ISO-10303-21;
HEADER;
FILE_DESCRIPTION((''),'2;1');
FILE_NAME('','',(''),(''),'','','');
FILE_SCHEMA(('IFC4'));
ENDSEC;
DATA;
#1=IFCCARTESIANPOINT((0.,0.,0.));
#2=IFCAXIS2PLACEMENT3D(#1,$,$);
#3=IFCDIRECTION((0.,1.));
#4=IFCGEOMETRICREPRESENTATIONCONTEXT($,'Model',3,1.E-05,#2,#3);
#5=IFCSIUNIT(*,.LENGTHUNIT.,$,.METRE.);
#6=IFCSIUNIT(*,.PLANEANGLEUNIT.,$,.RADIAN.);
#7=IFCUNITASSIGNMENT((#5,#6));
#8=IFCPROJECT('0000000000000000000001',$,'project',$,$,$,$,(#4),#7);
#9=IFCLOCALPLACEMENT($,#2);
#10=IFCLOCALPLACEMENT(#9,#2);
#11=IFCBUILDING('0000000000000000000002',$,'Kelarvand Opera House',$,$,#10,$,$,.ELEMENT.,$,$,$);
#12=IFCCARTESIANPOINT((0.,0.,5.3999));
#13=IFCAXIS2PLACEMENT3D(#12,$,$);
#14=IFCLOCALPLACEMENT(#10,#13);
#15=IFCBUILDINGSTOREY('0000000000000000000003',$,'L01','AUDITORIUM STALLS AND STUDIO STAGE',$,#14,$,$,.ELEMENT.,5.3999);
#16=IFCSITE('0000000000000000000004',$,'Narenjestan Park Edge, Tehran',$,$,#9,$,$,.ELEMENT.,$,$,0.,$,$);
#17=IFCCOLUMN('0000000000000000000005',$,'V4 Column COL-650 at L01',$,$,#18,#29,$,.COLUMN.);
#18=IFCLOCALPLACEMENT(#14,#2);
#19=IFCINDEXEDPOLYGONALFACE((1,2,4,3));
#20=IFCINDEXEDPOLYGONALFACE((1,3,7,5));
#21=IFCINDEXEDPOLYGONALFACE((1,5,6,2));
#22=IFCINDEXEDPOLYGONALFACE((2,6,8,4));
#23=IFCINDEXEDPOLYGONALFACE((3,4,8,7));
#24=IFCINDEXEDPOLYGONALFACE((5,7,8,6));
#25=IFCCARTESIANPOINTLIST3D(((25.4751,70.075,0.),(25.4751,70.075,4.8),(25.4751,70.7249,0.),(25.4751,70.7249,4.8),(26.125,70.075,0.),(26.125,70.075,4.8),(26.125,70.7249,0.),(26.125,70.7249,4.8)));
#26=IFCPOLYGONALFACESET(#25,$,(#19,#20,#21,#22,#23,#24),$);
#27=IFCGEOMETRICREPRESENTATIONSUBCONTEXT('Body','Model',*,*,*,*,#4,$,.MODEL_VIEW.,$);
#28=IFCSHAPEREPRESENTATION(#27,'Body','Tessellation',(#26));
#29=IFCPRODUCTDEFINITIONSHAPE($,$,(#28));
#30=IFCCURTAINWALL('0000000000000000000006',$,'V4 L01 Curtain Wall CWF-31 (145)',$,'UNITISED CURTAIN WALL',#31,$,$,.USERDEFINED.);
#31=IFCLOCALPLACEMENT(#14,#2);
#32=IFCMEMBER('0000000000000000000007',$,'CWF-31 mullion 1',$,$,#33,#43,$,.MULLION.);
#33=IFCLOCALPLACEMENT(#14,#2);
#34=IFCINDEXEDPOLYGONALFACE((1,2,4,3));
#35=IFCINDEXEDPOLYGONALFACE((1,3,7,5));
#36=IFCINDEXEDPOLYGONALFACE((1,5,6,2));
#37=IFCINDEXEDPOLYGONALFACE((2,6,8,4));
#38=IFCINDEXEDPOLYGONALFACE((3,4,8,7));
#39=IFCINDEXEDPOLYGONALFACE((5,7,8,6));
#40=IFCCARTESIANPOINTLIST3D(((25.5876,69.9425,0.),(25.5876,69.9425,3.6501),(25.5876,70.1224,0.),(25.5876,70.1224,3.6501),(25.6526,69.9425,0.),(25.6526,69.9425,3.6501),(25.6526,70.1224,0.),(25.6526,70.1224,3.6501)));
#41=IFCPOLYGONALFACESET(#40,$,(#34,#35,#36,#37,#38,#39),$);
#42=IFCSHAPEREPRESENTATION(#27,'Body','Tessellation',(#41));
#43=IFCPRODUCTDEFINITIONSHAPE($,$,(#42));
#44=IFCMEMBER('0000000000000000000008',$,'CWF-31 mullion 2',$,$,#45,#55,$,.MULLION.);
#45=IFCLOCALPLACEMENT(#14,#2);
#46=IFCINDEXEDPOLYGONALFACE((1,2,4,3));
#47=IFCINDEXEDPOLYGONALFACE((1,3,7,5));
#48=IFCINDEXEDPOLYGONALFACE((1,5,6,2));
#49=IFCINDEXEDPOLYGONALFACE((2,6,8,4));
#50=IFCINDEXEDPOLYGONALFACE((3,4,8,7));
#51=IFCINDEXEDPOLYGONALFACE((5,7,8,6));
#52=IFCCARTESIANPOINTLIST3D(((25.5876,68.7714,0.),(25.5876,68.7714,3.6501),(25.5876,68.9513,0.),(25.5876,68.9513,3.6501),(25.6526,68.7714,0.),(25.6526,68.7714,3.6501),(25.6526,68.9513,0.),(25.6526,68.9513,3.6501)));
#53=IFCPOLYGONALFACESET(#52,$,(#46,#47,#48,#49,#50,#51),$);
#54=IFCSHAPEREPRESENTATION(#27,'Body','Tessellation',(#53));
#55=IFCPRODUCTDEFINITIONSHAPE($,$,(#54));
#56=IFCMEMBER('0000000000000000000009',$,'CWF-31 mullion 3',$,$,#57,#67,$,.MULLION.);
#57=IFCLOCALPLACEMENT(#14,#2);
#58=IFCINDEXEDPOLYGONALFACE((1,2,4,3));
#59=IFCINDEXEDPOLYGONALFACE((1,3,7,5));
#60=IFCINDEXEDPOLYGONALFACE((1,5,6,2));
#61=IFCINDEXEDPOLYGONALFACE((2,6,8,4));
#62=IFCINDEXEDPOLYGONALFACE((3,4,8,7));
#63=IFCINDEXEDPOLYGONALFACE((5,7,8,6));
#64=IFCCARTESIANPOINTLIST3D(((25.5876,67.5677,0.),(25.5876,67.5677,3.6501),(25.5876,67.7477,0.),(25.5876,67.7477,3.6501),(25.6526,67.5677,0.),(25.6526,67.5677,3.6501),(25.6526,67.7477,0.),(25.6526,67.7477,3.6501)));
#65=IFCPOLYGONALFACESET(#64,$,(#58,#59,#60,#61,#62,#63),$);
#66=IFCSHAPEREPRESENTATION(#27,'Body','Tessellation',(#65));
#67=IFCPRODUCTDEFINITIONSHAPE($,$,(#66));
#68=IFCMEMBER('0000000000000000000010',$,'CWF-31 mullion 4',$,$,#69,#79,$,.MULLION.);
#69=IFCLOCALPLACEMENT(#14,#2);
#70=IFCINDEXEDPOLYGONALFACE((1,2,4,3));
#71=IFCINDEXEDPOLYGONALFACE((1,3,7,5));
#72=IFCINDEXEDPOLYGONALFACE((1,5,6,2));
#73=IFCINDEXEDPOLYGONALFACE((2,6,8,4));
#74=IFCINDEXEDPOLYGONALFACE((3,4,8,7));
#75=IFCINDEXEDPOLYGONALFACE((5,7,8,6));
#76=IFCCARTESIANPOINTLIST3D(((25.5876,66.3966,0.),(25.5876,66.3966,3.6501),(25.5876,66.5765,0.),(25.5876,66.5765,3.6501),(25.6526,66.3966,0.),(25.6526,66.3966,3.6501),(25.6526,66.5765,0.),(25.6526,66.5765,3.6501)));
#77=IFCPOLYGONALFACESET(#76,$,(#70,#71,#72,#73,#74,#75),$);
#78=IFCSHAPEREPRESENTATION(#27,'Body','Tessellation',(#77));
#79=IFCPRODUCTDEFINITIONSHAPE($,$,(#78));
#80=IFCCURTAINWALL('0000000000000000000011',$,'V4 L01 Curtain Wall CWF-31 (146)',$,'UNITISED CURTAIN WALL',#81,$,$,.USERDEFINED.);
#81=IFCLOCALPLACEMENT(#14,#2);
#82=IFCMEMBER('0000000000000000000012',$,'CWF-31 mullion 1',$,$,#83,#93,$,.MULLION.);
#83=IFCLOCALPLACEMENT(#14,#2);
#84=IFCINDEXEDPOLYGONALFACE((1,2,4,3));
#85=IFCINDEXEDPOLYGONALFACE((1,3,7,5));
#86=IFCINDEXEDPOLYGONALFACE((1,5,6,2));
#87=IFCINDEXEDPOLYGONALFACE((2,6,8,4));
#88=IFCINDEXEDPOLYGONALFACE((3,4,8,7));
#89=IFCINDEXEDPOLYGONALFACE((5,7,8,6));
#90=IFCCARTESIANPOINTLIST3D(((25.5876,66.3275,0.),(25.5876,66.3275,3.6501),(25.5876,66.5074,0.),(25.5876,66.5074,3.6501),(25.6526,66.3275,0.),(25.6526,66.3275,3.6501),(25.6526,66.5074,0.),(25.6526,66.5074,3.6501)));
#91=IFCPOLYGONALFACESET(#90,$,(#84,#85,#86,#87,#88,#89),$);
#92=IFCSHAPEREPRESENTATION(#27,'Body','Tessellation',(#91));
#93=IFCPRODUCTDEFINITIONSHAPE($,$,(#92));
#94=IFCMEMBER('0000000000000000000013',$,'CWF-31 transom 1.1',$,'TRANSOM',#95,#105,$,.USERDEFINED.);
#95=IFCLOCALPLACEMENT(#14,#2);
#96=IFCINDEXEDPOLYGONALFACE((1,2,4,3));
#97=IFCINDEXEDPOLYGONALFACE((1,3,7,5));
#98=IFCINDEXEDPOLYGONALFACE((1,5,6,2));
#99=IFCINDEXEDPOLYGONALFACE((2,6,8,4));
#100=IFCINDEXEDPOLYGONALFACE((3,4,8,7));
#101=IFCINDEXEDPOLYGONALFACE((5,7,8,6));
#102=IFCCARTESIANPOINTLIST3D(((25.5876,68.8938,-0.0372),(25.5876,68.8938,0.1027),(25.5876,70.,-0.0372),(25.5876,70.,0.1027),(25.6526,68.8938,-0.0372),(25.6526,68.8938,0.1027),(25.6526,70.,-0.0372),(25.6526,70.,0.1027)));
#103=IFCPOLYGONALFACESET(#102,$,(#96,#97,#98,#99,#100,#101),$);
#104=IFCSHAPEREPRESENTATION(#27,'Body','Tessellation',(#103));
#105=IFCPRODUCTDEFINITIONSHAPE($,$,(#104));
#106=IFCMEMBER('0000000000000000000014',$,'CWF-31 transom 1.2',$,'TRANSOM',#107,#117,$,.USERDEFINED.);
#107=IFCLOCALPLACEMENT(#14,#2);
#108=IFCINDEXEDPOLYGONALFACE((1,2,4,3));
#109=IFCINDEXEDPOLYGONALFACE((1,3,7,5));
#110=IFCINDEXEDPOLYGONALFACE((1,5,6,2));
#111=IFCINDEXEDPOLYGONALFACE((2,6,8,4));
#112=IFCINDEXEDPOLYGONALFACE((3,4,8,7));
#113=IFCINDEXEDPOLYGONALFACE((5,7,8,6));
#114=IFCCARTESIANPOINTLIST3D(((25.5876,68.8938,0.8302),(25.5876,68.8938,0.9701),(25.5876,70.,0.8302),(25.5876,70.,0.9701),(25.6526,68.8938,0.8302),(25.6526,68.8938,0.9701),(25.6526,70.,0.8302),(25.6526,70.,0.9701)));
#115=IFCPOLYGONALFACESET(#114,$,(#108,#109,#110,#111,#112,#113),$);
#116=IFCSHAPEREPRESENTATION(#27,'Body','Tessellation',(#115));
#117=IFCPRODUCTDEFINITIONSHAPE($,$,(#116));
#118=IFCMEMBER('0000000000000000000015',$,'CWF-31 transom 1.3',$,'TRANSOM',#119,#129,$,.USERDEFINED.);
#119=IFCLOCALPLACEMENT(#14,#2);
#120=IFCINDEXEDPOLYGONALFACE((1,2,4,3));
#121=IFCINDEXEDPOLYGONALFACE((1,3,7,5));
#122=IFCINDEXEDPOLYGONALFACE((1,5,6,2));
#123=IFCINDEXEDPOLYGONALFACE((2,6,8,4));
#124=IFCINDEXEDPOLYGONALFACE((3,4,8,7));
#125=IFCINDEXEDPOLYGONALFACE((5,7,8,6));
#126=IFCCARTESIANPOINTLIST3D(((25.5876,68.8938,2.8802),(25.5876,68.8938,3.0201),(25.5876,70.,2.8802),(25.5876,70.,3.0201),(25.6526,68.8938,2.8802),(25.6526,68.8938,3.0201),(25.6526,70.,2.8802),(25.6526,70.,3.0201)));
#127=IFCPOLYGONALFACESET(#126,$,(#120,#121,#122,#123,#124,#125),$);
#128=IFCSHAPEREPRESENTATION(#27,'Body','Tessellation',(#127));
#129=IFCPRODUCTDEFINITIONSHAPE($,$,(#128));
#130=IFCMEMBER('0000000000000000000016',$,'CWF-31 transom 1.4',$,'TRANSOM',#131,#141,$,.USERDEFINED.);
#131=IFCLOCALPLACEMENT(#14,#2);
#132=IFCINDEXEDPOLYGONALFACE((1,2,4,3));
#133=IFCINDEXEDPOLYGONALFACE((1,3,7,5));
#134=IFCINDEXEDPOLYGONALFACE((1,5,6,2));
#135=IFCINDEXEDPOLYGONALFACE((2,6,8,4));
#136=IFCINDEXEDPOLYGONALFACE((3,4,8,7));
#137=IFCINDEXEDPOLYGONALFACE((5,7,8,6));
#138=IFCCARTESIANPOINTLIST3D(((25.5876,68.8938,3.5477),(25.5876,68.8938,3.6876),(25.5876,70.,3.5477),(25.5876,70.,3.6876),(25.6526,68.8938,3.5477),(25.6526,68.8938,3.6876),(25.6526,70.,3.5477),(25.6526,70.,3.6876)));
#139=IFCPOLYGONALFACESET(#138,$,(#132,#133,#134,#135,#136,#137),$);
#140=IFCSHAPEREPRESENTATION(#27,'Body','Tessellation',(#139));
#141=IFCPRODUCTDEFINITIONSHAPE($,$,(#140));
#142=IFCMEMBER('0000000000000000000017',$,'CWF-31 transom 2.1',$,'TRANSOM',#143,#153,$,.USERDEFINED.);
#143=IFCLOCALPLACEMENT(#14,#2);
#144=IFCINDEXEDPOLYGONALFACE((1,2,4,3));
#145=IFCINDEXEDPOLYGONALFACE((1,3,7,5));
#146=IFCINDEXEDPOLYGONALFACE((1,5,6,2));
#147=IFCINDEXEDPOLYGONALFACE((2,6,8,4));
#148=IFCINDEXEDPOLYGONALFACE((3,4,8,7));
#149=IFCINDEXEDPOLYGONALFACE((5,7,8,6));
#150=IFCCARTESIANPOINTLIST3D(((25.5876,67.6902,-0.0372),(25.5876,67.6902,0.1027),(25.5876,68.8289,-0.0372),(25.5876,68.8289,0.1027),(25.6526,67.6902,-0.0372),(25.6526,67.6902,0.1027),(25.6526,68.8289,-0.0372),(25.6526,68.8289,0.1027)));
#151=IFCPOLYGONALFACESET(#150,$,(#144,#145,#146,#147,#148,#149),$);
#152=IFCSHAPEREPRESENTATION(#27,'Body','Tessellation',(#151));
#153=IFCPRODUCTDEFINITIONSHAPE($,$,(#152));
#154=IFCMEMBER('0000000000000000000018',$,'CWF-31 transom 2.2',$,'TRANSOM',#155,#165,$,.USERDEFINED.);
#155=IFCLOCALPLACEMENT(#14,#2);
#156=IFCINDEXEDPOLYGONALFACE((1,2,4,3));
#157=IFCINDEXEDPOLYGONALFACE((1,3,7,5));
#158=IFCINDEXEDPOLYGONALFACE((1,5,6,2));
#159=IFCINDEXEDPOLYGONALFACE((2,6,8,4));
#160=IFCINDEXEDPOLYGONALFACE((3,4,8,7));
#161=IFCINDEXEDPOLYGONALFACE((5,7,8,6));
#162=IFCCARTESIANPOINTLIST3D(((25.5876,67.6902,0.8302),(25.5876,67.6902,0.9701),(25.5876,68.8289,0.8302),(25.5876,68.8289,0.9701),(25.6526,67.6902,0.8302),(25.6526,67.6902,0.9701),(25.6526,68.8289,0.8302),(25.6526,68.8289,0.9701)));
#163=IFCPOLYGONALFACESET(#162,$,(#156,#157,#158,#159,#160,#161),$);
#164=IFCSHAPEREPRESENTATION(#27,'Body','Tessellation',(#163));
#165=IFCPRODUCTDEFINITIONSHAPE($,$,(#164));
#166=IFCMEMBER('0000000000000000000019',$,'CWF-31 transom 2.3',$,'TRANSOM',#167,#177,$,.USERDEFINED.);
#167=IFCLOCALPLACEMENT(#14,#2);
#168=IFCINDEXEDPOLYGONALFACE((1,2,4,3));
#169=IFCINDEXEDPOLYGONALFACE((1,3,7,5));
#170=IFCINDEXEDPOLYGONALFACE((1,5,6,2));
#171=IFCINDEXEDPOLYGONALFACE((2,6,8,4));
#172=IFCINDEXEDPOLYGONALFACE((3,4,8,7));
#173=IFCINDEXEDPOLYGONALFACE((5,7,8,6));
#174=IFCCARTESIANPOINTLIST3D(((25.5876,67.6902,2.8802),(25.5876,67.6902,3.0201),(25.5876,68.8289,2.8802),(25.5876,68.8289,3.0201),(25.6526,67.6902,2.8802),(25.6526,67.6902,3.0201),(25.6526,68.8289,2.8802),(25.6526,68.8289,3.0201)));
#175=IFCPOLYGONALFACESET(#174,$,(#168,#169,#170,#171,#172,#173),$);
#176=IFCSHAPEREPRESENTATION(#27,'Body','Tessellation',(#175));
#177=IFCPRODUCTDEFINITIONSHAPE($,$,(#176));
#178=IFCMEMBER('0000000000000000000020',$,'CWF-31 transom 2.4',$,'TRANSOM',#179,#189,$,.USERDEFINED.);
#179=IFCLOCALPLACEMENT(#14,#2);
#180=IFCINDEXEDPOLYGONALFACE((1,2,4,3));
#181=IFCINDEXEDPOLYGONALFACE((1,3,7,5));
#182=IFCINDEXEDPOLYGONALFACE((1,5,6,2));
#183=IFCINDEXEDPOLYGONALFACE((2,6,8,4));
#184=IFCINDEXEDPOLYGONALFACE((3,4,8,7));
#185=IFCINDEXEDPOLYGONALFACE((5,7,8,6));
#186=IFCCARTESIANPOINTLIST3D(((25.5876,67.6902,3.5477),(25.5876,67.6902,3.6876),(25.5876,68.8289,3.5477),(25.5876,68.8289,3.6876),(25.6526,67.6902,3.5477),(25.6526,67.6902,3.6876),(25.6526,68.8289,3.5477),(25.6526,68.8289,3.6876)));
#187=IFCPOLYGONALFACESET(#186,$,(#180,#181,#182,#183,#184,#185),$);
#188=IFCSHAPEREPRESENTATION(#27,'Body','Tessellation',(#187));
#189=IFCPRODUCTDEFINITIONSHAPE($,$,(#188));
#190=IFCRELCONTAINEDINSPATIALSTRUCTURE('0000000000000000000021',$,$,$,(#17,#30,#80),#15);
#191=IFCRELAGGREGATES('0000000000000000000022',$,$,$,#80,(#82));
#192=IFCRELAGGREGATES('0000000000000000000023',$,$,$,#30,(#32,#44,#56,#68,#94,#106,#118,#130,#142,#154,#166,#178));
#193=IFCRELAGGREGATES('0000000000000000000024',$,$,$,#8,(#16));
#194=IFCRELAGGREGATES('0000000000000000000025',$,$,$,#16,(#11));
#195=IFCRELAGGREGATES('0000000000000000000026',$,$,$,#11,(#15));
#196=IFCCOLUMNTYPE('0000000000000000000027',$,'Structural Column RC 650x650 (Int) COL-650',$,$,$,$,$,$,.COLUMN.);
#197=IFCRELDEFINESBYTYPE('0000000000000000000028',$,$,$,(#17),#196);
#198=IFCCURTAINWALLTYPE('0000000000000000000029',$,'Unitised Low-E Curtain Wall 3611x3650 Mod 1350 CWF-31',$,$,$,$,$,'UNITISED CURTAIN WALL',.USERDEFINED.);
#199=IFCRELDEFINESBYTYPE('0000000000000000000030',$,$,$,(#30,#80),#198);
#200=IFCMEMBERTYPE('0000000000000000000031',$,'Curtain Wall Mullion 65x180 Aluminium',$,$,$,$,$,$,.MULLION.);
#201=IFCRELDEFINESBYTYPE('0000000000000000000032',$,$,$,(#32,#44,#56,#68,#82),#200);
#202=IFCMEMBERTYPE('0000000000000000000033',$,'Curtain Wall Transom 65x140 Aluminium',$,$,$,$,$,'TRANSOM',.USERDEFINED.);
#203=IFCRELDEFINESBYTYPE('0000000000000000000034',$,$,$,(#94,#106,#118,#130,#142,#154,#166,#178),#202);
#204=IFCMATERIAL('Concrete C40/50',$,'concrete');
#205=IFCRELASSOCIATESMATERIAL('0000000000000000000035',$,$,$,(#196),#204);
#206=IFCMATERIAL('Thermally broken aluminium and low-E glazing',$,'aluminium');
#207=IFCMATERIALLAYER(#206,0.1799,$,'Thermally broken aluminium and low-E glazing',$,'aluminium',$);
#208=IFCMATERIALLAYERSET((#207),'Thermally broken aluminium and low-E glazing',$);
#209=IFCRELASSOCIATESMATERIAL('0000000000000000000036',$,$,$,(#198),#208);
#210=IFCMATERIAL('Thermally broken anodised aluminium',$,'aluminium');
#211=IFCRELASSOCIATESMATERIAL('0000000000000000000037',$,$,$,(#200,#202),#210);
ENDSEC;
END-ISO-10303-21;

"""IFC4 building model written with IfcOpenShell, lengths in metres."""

from ifc_helpers import new_model, si_unit, direction, frame, origin, origin_2d, place, context, subcontext, project, spatial, rectangle, extrude, material, layer, layer_set, material_profile, profile_set, type_object, element, aggregate, save


model = new_model("IFC4")

# Units and contexts
model_context = context("Model", 3, precision=1e-05, world=origin(), true_north=direction((0.0, 1.0)))
body_context = subcontext(model_context, "Body", "Model", "MODEL_VIEW")
ifc_project = project(units=[si_unit("LENGTHUNIT", "METRE"), si_unit("PLANEANGLEUNIT", "RADIAN")], contexts=[model_context])

# Site, building, storey
site_placement = place(None, origin())
site = spatial("IfcSite", under=ifc_project, at=site_placement, Name="Narenjestan Park Edge, Tehran", CompositionType="ELEMENT", RefElevation=0.0)
building_placement = place(site_placement, origin())
building = spatial("IfcBuilding", under=site, at=building_placement, Name="Kelarvand Opera House", CompositionType="ELEMENT")
storey_placement = place(building_placement, frame((0.0, 0.0, 5.3999)))
storey = spatial("IfcBuildingStorey", under=building, at=storey_placement, Name="L01", Description="AUDITORIUM STALLS AND STUDIO STAGE", CompositionType="ELEMENT", Elevation=5.3999)

# Column
ifc_material_1 = material(Name="Concrete C40/50", Category="concrete")
ifc_material_profile_1 = material_profile(ifc_material_1, rectangle(XDim=0.6499, YDim=0.6499, at=origin_2d()), Name="RC 650x650", Category="concrete")
ifc_profile_set_1 = profile_set([ifc_material_profile_1], Name="Concrete C40/50")
column_type = type_object("IfcColumnType", Name="Structural Column RC 650x650 (Int) COL-650", PredefinedType="COLUMN", material=ifc_profile_set_1)
column_placement = place(storey_placement, frame((25.8, 70.3999, 0.0), z_axis=(0.0, 0.0, 1.0), x_axis=(1.0, 0.0, 0.0)))
element("IfcColumn", 1, at=column_placement, inside=storey, type_object=column_type, Name="V4 Column COL-650 at L01", PredefinedType="COLUMN", context=body_context, shape_type="SweptSolid", body=[
    extrude(rectangle(XDim=0.6499, YDim=0.6499, at=origin_2d()), origin(), (0.0, 0.0, 1.0), 4.8),
])

# Curtain wall, members
ifc_material_2 = material(Name="Thermally broken aluminium and low-E glazing", Category="aluminium")
ifc_layer_1 = layer(ifc_material_2, 0.1799, Name="Thermally broken aluminium and low-E glazing", Category="aluminium")
ifc_layer_set_1 = layer_set([ifc_layer_1], Name="Thermally broken aluminium and low-E glazing")
curtain_wall_type = type_object("IfcCurtainWallType", Name="Unitised Low-E Curtain Wall 3611x3650 Mod 1350 CWF-31", ElementType="UNITISED CURTAIN WALL", PredefinedType="USERDEFINED", material=ifc_layer_set_1)
curtain_wall_1_placement = place(storey_placement, origin())
curtain_wall_1 = element("IfcCurtainWall", 2, at=curtain_wall_1_placement, inside=storey, type_object=curtain_wall_type, Name="V4 L01 Curtain Wall CWF-31 (145)", ObjectType="UNITISED CURTAIN WALL", PredefinedType="USERDEFINED")
ifc_material_3 = material(Name="Thermally broken anodised aluminium", Category="aluminium")
ifc_material_profile_2 = material_profile(ifc_material_3, rectangle(XDim=0.0649, YDim=0.1799, at=origin_2d()), Name="ALU MULLION 65x180", Category="aluminium")
ifc_profile_set_2 = profile_set([ifc_material_profile_2], Name="Thermally broken anodised aluminium")
member_type_1 = type_object("IfcMemberType", Name="Curtain Wall Mullion 65x180 Aluminium", PredefinedType="MULLION", material=ifc_profile_set_2)
member_1_placement = place(storey_placement, frame((25.6201, 70.0325, 0.0), z_axis=(0.0, 0.0, 1.0), x_axis=(1.0, 0.0, 0.0)))
member_1 = element("IfcMember", 3, at=member_1_placement, type_object=member_type_1, Name="CWF-31 mullion 1", PredefinedType="MULLION", context=body_context, shape_type="SweptSolid", body=[
    extrude(rectangle(XDim=0.0649, YDim=0.1799, at=origin_2d()), origin(), (0.0, 0.0, 1.0), 3.6501),
])
member_2_placement = place(storey_placement, frame((25.6201, 68.8613, 0.0), z_axis=(0.0, 0.0, 1.0), x_axis=(1.0, 0.0, 0.0)))
member_2 = element("IfcMember", 4, at=member_2_placement, type_object=member_type_1, Name="CWF-31 mullion 2", PredefinedType="MULLION", context=body_context, shape_type="SweptSolid", body=[
    extrude(rectangle(XDim=0.0649, YDim=0.1799, at=origin_2d()), origin(), (0.0, 0.0, 1.0), 3.6501),
])
member_3_placement = place(storey_placement, frame((25.6201, 67.6577, 0.0), z_axis=(0.0, 0.0, 1.0), x_axis=(1.0, 0.0, 0.0)))
member_3 = element("IfcMember", 5, at=member_3_placement, type_object=member_type_1, Name="CWF-31 mullion 3", PredefinedType="MULLION", context=body_context, shape_type="SweptSolid", body=[
    extrude(rectangle(XDim=0.0649, YDim=0.1799, at=origin_2d()), origin(), (0.0, 0.0, 1.0), 3.6501),
])
member_4_placement = place(storey_placement, frame((25.6201, 66.4866, 0.0), z_axis=(0.0, 0.0, 1.0), x_axis=(1.0, 0.0, 0.0)))
member_4 = element("IfcMember", 6, at=member_4_placement, type_object=member_type_1, Name="CWF-31 mullion 4", PredefinedType="MULLION", context=body_context, shape_type="SweptSolid", body=[
    extrude(rectangle(XDim=0.0649, YDim=0.1799, at=origin_2d()), origin(), (0.0, 0.0, 1.0), 3.6501),
])

# Curtain wall, member
curtain_wall_2_placement = place(storey_placement, origin())
curtain_wall_2 = element("IfcCurtainWall", 7, at=curtain_wall_2_placement, inside=storey, type_object=curtain_wall_type, Name="V4 L01 Curtain Wall CWF-31 (146)", ObjectType="UNITISED CURTAIN WALL", PredefinedType="USERDEFINED")
member_5_placement = place(storey_placement, frame((25.6201, 66.4175, 0.0), z_axis=(0.0, 0.0, 1.0), x_axis=(1.0, 0.0, 0.0)))
member_5 = element("IfcMember", 8, at=member_5_placement, type_object=member_type_1, Name="CWF-31 mullion 1", PredefinedType="MULLION", context=body_context, shape_type="SweptSolid", body=[
    extrude(rectangle(XDim=0.0649, YDim=0.1799, at=origin_2d()), origin(), (0.0, 0.0, 1.0), 3.6501),
])
aggregate(curtain_wall_2, [member_5])

# Members
ifc_material_profile_3 = material_profile(ifc_material_3, rectangle(XDim=0.0649, YDim=0.1399, at=origin_2d()), Name="ALU TRANSOM 65x140", Category="aluminium")
ifc_profile_set_3 = profile_set([ifc_material_profile_3], Name="Thermally broken anodised aluminium")
member_type_2 = type_object("IfcMemberType", Name="Curtain Wall Transom 65x140 Aluminium", ElementType="TRANSOM", PredefinedType="USERDEFINED", material=ifc_profile_set_3)
member_6_placement = place(storey_placement, frame((25.6201, 70.0, 0.0327), z_axis=(0.0, -1.0, 0.0), x_axis=(1.0, 0.0, 0.0)))
member_6 = element("IfcMember", 9, at=member_6_placement, type_object=member_type_2, Name="CWF-31 transom 1.1", ObjectType="TRANSOM", PredefinedType="USERDEFINED", context=body_context, shape_type="SweptSolid", body=[
    extrude(rectangle(XDim=0.0649, YDim=0.1399, at=origin_2d()), origin(), (0.0, 0.0, 1.0), 1.1062),
])
member_7_placement = place(storey_placement, frame((25.6201, 70.0, 0.9001), z_axis=(0.0, -1.0, 0.0), x_axis=(1.0, 0.0, 0.0)))
member_7 = element("IfcMember", 10, at=member_7_placement, type_object=member_type_2, Name="CWF-31 transom 1.2", ObjectType="TRANSOM", PredefinedType="USERDEFINED", context=body_context, shape_type="SweptSolid", body=[
    extrude(rectangle(XDim=0.0649, YDim=0.1399, at=origin_2d()), origin(), (0.0, 0.0, 1.0), 1.1062),
])
member_8_placement = place(storey_placement, frame((25.6201, 70.0, 2.9502), z_axis=(0.0, -1.0, 0.0), x_axis=(1.0, 0.0, 0.0)))
member_8 = element("IfcMember", 11, at=member_8_placement, type_object=member_type_2, Name="CWF-31 transom 1.3", ObjectType="TRANSOM", PredefinedType="USERDEFINED", context=body_context, shape_type="SweptSolid", body=[
    extrude(rectangle(XDim=0.0649, YDim=0.1399, at=origin_2d()), origin(), (0.0, 0.0, 1.0), 1.1062),
])
member_9_placement = place(storey_placement, frame((25.6201, 70.0, 3.6177), z_axis=(0.0, -1.0, 0.0), x_axis=(1.0, 0.0, 0.0)))
member_9 = element("IfcMember", 12, at=member_9_placement, type_object=member_type_2, Name="CWF-31 transom 1.4", ObjectType="TRANSOM", PredefinedType="USERDEFINED", context=body_context, shape_type="SweptSolid", body=[
    extrude(rectangle(XDim=0.0649, YDim=0.1399, at=origin_2d()), origin(), (0.0, 0.0, 1.0), 1.1062),
])
member_10_placement = place(storey_placement, frame((25.6201, 68.8289, 0.0327), z_axis=(0.0, -1.0, 0.0), x_axis=(1.0, 0.0, 0.0)))
member_10 = element("IfcMember", 13, at=member_10_placement, type_object=member_type_2, Name="CWF-31 transom 2.1", ObjectType="TRANSOM", PredefinedType="USERDEFINED", context=body_context, shape_type="SweptSolid", body=[
    extrude(rectangle(XDim=0.0649, YDim=0.1399, at=origin_2d()), origin(), (0.0, 0.0, 1.0), 1.1387),
])
member_11_placement = place(storey_placement, frame((25.6201, 68.8289, 0.9001), z_axis=(0.0, -1.0, 0.0), x_axis=(1.0, 0.0, 0.0)))
member_11 = element("IfcMember", 14, at=member_11_placement, type_object=member_type_2, Name="CWF-31 transom 2.2", ObjectType="TRANSOM", PredefinedType="USERDEFINED", context=body_context, shape_type="SweptSolid", body=[
    extrude(rectangle(XDim=0.0649, YDim=0.1399, at=origin_2d()), origin(), (0.0, 0.0, 1.0), 1.1387),
])
member_12_placement = place(storey_placement, frame((25.6201, 68.8289, 2.9502), z_axis=(0.0, -1.0, 0.0), x_axis=(1.0, 0.0, 0.0)))
member_12 = element("IfcMember", 15, at=member_12_placement, type_object=member_type_2, Name="CWF-31 transom 2.3", ObjectType="TRANSOM", PredefinedType="USERDEFINED", context=body_context, shape_type="SweptSolid", body=[
    extrude(rectangle(XDim=0.0649, YDim=0.1399, at=origin_2d()), origin(), (0.0, 0.0, 1.0), 1.1387),
])
member_13_placement = place(storey_placement, frame((25.6201, 68.8289, 3.6177), z_axis=(0.0, -1.0, 0.0), x_axis=(1.0, 0.0, 0.0)))
member_13 = element("IfcMember", 16, at=member_13_placement, type_object=member_type_2, Name="CWF-31 transom 2.4", ObjectType="TRANSOM", PredefinedType="USERDEFINED", context=body_context, shape_type="SweptSolid", body=[
    extrude(rectangle(XDim=0.0649, YDim=0.1399, at=origin_2d()), origin(), (0.0, 0.0, 1.0), 1.1387),
])

aggregate(curtain_wall_1, [member_1, member_2, member_3, member_4, member_6, member_7, member_8, member_9, member_10, member_11, member_12, member_13])

save(model, "model.ifc")
